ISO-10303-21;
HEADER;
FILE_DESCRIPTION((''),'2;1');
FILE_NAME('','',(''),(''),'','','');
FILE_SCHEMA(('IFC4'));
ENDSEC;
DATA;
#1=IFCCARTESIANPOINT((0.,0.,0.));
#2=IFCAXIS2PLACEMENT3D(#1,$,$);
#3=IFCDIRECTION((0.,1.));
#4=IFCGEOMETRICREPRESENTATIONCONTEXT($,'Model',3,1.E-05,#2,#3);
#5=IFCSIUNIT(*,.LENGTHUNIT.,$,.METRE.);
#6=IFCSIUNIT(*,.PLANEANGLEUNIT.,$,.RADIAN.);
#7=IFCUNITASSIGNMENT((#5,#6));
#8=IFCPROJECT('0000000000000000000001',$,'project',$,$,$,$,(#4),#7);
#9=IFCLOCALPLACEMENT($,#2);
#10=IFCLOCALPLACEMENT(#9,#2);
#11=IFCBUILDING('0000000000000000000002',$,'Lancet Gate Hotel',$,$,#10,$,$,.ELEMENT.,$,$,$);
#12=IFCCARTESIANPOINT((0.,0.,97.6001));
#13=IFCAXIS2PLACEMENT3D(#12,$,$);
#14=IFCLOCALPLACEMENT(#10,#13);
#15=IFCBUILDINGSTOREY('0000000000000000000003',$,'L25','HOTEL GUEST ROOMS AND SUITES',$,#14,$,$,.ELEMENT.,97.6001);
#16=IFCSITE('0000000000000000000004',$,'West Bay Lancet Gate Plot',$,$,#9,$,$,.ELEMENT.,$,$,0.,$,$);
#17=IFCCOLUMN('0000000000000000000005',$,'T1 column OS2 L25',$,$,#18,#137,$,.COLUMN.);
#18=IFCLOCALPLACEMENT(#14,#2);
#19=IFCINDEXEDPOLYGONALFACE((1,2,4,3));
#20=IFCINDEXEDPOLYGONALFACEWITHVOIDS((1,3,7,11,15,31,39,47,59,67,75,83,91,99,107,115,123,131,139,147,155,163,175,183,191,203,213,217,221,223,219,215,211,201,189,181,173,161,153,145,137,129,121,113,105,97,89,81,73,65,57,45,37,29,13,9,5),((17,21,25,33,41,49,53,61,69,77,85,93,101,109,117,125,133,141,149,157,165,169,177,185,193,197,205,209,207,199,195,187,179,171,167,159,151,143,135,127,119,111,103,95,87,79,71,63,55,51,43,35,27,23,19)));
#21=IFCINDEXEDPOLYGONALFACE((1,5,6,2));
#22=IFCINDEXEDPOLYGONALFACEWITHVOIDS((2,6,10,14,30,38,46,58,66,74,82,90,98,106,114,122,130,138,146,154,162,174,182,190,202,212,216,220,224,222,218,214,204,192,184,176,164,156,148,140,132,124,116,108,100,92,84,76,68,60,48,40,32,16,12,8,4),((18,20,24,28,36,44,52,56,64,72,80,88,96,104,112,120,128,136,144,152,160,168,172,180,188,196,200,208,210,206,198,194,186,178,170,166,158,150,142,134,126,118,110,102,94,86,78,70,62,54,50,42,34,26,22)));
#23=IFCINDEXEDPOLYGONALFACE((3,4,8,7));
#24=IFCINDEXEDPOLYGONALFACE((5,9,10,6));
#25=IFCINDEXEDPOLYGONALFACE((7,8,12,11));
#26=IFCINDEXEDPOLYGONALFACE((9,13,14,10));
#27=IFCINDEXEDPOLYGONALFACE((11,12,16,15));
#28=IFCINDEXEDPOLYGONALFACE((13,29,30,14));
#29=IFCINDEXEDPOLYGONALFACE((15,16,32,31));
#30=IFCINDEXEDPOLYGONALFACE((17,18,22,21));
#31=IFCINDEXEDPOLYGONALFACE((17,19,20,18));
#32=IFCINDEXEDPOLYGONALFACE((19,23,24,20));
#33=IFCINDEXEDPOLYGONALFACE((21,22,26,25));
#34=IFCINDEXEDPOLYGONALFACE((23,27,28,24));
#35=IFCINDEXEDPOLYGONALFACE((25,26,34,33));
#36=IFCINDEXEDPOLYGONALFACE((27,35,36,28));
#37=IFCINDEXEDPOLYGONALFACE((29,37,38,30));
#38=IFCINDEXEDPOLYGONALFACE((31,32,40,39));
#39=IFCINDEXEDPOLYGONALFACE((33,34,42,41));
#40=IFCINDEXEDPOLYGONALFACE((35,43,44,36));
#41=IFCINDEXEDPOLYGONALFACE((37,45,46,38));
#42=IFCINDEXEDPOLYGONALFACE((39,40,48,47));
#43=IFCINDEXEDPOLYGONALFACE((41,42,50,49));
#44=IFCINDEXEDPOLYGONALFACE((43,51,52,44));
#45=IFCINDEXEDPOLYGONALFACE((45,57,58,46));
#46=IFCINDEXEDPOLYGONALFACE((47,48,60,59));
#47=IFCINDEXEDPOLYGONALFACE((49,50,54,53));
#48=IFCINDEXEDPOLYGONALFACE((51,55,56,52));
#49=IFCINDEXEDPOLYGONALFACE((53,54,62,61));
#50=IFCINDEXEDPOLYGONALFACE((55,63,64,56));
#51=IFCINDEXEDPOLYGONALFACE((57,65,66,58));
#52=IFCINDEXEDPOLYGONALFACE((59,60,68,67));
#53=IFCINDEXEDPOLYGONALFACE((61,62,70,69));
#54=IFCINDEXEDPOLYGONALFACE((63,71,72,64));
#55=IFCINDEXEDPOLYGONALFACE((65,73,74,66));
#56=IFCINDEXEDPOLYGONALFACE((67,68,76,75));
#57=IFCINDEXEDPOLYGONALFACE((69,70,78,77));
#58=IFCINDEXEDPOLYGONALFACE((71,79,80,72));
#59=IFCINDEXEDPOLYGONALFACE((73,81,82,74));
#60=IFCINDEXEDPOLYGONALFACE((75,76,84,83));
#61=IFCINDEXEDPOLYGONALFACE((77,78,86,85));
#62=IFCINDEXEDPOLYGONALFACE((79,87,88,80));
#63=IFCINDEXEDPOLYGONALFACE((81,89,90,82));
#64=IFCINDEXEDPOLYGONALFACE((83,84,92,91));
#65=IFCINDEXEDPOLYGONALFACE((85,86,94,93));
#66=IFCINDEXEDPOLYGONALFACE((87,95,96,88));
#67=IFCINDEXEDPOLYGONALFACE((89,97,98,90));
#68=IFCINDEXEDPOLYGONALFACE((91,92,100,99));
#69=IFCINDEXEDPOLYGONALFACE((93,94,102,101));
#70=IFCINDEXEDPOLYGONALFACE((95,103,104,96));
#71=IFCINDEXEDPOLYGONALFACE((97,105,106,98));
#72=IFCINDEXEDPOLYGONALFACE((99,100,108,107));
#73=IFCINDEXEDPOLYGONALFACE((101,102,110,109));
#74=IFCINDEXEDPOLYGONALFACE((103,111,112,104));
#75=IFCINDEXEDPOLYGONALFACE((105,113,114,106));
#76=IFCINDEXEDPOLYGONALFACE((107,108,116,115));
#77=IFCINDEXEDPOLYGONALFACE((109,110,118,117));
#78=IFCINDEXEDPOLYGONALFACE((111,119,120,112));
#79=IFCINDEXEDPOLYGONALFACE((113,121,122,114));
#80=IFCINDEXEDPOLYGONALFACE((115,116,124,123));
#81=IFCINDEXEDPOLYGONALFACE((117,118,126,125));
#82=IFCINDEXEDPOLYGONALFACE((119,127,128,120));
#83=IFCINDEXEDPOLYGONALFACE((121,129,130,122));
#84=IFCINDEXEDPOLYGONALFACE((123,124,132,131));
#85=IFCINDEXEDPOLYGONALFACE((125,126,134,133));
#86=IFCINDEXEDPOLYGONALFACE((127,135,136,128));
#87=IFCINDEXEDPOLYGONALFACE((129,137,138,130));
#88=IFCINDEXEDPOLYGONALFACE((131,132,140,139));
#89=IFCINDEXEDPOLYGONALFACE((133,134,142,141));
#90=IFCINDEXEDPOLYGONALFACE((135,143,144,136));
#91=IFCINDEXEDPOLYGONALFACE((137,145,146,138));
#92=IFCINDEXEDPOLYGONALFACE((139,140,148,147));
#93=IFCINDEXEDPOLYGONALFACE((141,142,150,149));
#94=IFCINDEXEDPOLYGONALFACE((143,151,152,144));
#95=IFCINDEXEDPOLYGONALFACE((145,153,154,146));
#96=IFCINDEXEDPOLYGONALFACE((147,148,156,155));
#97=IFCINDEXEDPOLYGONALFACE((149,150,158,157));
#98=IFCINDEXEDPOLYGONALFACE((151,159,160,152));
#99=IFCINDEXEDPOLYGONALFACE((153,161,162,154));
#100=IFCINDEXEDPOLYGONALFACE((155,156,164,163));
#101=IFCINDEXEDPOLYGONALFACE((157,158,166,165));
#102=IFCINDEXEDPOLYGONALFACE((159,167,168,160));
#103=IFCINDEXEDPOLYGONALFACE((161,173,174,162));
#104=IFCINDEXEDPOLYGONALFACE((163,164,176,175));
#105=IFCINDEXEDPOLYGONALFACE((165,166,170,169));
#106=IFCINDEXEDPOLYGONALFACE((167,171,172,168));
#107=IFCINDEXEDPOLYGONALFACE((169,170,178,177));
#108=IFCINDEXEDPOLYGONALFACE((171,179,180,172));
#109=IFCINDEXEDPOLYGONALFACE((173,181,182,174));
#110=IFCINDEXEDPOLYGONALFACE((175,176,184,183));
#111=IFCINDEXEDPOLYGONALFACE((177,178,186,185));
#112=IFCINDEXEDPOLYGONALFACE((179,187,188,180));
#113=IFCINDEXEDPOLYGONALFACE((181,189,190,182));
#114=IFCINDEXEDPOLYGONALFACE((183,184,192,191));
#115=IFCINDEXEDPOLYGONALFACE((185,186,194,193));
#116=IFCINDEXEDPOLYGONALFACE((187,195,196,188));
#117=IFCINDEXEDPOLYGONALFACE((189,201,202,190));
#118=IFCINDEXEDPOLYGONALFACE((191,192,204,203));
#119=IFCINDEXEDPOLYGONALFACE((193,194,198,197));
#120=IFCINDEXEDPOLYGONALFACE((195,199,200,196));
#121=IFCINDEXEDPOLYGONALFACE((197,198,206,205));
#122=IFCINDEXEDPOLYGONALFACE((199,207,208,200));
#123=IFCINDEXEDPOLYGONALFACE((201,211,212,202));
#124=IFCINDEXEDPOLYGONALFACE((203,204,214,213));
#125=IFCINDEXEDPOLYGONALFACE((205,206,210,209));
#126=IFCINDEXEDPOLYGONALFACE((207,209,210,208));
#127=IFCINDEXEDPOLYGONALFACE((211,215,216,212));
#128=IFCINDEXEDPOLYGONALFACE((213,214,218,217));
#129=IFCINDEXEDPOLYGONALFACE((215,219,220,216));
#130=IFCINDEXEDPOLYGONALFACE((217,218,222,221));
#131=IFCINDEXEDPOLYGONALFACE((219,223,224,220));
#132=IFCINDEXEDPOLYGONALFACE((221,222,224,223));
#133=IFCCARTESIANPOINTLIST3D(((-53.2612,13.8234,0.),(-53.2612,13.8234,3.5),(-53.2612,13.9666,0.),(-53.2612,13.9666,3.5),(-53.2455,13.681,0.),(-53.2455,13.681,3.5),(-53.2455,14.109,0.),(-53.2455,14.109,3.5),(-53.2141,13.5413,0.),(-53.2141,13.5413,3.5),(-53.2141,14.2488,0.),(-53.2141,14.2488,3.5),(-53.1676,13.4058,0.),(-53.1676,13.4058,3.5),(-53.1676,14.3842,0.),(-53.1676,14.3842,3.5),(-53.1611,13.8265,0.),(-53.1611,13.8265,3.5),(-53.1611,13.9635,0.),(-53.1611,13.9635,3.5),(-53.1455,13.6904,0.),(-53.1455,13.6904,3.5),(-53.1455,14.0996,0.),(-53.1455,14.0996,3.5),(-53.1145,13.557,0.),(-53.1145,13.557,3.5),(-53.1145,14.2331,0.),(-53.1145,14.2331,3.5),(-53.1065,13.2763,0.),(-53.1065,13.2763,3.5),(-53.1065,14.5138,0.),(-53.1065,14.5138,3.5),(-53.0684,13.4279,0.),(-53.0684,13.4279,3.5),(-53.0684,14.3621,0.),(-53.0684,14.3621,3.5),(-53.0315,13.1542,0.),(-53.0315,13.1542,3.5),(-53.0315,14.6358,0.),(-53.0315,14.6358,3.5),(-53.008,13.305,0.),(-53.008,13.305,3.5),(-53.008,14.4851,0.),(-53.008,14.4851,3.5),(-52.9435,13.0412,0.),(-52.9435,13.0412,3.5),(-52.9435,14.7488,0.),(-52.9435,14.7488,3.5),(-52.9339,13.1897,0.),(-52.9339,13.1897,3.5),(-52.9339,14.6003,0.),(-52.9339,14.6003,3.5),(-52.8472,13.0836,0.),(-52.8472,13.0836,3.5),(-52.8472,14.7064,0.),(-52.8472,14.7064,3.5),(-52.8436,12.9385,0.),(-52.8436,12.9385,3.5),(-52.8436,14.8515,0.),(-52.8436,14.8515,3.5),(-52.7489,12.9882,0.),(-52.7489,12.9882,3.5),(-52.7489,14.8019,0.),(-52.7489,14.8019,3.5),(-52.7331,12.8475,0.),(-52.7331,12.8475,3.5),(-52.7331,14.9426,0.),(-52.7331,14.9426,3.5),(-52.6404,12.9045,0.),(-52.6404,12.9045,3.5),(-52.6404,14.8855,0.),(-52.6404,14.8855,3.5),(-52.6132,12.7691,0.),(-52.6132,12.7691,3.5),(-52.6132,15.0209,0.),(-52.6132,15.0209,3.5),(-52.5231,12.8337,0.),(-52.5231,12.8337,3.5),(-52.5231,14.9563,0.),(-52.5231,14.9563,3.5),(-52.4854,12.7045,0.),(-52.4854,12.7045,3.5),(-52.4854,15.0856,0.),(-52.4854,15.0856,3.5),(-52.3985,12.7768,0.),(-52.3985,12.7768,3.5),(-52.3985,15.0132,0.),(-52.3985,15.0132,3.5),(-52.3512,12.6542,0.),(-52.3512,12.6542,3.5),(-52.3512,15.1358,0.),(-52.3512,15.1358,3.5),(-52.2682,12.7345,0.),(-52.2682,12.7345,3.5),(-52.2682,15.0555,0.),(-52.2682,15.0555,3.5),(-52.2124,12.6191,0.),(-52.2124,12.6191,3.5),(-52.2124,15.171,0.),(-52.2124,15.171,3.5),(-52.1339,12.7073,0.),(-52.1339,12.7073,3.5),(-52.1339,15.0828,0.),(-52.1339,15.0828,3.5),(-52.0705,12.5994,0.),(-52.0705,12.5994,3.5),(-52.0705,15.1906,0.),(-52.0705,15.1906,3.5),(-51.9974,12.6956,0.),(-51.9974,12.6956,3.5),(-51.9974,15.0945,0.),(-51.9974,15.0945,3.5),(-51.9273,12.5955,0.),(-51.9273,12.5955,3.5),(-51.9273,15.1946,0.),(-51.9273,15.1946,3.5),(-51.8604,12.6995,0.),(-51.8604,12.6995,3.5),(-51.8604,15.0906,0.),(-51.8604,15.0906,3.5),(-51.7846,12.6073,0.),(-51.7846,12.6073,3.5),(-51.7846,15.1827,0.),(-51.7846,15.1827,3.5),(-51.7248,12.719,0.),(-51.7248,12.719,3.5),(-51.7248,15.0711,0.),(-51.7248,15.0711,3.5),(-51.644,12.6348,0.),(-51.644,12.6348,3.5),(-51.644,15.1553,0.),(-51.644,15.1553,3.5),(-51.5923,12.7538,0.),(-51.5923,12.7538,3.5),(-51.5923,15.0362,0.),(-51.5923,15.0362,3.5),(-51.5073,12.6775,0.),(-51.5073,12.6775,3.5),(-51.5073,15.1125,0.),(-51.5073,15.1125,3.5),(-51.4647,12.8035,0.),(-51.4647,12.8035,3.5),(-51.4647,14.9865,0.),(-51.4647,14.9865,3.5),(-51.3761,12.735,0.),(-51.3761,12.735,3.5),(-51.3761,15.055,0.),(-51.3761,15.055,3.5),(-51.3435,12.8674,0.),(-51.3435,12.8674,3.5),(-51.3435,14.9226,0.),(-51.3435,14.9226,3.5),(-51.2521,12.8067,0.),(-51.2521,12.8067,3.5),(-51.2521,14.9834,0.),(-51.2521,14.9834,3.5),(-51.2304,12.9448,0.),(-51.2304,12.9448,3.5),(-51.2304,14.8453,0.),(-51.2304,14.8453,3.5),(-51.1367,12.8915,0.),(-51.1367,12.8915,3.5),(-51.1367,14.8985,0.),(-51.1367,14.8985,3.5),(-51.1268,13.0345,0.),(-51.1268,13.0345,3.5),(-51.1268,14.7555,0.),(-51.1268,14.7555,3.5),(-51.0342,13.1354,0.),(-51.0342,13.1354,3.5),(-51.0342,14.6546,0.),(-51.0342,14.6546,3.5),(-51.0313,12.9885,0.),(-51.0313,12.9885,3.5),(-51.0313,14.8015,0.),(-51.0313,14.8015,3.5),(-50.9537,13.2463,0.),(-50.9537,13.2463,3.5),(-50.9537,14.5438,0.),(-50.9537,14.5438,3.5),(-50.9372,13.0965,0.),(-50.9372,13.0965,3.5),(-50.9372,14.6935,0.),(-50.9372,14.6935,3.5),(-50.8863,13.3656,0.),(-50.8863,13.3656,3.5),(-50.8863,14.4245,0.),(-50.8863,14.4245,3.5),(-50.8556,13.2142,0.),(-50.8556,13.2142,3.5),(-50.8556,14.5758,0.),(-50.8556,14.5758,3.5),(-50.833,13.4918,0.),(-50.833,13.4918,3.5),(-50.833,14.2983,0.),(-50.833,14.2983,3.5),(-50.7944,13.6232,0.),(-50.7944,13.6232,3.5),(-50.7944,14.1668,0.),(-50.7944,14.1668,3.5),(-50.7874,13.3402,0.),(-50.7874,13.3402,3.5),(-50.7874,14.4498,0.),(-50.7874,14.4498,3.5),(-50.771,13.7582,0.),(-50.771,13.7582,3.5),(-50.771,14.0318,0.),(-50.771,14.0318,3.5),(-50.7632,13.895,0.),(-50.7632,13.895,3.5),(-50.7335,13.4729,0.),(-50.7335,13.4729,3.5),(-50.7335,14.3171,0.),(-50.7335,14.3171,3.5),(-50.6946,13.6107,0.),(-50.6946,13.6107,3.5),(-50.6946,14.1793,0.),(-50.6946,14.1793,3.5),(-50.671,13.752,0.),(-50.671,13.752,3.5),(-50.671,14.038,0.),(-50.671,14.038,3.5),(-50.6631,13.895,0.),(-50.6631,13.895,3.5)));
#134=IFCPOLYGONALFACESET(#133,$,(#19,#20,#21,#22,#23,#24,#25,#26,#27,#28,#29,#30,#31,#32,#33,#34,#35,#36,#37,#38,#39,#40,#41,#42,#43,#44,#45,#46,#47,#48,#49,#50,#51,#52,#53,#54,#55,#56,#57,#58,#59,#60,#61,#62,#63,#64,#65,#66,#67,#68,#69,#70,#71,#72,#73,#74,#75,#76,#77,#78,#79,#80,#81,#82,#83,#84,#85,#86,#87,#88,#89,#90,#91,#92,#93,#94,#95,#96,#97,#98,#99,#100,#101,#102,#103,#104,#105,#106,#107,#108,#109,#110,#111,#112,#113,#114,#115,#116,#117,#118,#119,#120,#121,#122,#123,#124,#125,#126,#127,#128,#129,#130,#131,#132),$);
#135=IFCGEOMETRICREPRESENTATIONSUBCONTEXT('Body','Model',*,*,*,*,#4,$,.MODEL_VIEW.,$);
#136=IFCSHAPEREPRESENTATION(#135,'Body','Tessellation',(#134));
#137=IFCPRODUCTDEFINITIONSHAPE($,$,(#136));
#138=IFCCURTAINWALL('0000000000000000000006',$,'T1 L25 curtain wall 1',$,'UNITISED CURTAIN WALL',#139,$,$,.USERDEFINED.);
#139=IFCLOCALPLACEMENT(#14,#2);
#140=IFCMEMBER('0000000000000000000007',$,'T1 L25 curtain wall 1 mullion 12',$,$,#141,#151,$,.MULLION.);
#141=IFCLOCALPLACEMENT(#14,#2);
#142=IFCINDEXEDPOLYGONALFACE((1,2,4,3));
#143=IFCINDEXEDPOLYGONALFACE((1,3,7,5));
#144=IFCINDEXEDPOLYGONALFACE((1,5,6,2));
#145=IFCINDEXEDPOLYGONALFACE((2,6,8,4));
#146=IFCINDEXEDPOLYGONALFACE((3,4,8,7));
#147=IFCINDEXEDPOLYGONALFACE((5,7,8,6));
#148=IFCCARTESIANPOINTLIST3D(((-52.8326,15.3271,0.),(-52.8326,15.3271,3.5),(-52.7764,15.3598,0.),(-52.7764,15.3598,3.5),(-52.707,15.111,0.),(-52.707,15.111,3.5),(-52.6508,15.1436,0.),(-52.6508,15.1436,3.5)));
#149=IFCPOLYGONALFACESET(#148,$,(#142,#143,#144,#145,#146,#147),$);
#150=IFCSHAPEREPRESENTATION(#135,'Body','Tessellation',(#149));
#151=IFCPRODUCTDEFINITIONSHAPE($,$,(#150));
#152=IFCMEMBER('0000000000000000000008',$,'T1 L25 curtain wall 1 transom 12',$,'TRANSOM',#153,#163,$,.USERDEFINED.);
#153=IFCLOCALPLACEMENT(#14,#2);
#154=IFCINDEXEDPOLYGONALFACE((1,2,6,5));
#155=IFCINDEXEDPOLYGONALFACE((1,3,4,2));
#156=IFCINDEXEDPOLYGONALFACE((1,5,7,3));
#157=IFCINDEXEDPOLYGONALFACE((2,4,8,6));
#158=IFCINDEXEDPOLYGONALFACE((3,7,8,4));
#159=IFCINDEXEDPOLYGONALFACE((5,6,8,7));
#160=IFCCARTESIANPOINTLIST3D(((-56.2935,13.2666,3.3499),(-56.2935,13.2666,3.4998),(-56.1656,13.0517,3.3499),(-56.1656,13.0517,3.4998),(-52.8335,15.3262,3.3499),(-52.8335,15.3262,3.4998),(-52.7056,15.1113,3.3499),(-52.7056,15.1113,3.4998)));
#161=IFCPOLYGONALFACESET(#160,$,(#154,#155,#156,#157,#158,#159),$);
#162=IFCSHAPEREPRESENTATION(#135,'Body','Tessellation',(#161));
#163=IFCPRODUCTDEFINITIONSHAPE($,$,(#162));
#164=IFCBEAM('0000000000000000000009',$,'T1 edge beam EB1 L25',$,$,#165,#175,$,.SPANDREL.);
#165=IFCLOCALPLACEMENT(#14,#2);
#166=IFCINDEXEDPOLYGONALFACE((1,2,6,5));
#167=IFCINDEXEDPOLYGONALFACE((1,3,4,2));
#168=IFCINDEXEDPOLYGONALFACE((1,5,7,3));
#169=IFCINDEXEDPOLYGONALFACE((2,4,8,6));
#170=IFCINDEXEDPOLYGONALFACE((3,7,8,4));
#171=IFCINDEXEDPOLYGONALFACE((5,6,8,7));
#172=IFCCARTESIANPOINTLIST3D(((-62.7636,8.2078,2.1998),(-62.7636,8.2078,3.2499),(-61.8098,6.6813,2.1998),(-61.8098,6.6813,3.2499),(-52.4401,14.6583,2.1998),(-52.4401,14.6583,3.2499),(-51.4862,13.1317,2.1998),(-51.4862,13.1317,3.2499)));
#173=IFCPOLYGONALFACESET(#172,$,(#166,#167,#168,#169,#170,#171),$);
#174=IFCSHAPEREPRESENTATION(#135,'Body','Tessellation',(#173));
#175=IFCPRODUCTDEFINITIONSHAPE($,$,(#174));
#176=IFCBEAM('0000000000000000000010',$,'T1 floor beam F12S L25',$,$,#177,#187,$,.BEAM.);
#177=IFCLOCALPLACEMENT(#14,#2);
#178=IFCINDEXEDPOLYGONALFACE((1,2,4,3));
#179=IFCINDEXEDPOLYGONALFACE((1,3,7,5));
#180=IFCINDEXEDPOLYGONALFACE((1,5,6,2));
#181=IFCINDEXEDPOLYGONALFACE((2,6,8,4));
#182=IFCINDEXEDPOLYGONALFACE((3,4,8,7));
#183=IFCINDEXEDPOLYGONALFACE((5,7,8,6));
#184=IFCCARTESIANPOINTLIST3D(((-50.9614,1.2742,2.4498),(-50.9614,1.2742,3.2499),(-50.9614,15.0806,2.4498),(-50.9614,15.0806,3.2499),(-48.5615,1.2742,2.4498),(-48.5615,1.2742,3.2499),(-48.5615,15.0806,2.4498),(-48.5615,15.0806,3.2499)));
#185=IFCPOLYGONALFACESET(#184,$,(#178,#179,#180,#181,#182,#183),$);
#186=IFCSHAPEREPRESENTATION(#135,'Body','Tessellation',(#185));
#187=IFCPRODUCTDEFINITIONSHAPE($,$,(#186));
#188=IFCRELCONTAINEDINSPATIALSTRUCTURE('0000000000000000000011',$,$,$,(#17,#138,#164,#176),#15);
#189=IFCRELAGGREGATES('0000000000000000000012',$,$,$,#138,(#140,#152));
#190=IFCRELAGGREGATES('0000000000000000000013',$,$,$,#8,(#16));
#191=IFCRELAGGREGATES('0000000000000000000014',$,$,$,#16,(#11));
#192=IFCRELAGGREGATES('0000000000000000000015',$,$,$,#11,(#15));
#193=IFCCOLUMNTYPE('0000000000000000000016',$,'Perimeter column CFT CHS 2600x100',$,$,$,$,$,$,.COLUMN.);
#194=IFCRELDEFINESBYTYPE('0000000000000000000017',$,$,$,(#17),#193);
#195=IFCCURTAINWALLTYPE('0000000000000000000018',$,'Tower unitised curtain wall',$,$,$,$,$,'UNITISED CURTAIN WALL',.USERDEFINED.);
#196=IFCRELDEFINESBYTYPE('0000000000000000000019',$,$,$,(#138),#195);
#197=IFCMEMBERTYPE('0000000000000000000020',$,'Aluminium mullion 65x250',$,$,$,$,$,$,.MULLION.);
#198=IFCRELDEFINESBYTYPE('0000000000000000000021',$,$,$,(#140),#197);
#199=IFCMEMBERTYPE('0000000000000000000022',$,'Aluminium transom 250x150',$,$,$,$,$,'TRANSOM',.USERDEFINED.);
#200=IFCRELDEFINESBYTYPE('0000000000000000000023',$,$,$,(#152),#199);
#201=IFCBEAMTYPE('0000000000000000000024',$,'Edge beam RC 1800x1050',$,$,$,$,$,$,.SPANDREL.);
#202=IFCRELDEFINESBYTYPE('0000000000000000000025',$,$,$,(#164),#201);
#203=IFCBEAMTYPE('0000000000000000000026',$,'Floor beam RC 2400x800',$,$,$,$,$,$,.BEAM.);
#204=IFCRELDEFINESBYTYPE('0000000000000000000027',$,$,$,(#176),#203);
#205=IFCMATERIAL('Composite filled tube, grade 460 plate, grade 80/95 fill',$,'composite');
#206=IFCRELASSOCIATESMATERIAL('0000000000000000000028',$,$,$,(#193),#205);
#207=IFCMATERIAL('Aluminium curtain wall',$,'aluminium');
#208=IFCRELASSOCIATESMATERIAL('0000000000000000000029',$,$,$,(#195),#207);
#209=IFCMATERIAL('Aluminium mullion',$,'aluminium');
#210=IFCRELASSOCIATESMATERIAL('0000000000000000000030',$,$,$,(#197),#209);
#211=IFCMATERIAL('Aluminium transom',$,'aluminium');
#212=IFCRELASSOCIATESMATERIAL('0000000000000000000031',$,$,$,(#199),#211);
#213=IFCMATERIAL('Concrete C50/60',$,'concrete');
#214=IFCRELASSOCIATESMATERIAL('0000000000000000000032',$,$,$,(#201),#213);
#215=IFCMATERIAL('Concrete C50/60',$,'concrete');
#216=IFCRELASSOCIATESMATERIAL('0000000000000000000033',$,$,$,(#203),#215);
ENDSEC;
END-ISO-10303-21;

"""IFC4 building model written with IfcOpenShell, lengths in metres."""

from ifc_helpers import new_model, si_unit, direction, frame, origin, origin_2d, place, context, subcontext, project, spatial, rectangle, hollow_circle, extrude, material, material_profile, profile_set, type_object, element, aggregate, save


model = new_model("IFC4")

# Units and contexts
model_context = context("Model", 3, precision=1e-05, world=origin(), true_north=direction((0.0, 1.0)))
body_context = subcontext(model_context, "Body", "Model", "MODEL_VIEW")
ifc_project = project(units=[si_unit("LENGTHUNIT", "METRE"), si_unit("PLANEANGLEUNIT", "RADIAN")], contexts=[model_context])

# Site, building, storey
site_placement = place(None, origin())
site = spatial("IfcSite", under=ifc_project, at=site_placement, Name="West Bay Lancet Gate Plot", CompositionType="ELEMENT", RefElevation=0.0)
building_placement = place(site_placement, origin())
building = spatial("IfcBuilding", under=site, at=building_placement, Name="Lancet Gate Hotel", CompositionType="ELEMENT")
storey_placement = place(building_placement, frame((0.0, 0.0, 97.6001)))
storey = spatial("IfcBuildingStorey", under=building, at=storey_placement, Name="L25", Description="HOTEL GUEST ROOMS AND SUITES", CompositionType="ELEMENT", Elevation=97.6001)

# Column
ifc_material_1 = material(Name="Composite filled tube, grade 460 plate, grade 80/95 fill", Category="composite")
ifc_material_profile_1 = material_profile(ifc_material_1, hollow_circle(Radius=1.3, WallThickness=0.1001, at=origin_2d()), Name="CHS 2600x100")
ifc_profile_set_1 = profile_set([ifc_material_profile_1], Name="Composite filled tube, grade 460 plate, grade 80/95 fill")
column_type = type_object("IfcColumnType", Name="Perimeter column CFT CHS 2600x100", PredefinedType="COLUMN", material=ifc_profile_set_1)
column_placement = place(storey_placement, frame((-51.9631, 13.895, 0.0), z_axis=(0.0, 0.0, 1.0), x_axis=(1.0, 0.0, 0.0)))
element("IfcColumn", 1, at=column_placement, inside=storey, type_object=column_type, Name="T1 column OS2 L25", PredefinedType="COLUMN", context=body_context, shape_type="SweptSolid", body=[
    extrude(hollow_circle(Radius=1.3, WallThickness=0.1001, at=origin_2d()), origin(), (0.0, 0.0, 1.0), 3.5),
])

# Curtain wall, members
ifc_material_2 = material(Name="Aluminium curtain wall", Category="aluminium")
curtain_wall_type = type_object("IfcCurtainWallType", Name="Tower unitised curtain wall", ElementType="UNITISED CURTAIN WALL", PredefinedType="USERDEFINED", material=ifc_material_2)
curtain_wall_placement = place(storey_placement, origin())
curtain_wall = element("IfcCurtainWall", 2, at=curtain_wall_placement, inside=storey, type_object=curtain_wall_type, Name="T1 L25 curtain wall 1", ObjectType="UNITISED CURTAIN WALL", PredefinedType="USERDEFINED")
ifc_material_3 = material(Name="Aluminium mullion", Category="aluminium")
ifc_material_profile_2 = material_profile(ifc_material_3, rectangle(XDim=0.0649, YDim=0.25, at=origin_2d()), Name="MULLION 65x250")
ifc_profile_set_2 = profile_set([ifc_material_profile_2], Name="Aluminium mullion")
member_type_1 = type_object("IfcMemberType", Name="Aluminium mullion 65x250", PredefinedType="MULLION", material=ifc_profile_set_2)
member_1_placement = place(storey_placement, frame((-52.7417, 15.2354, 0.0), z_axis=(0.0, 0.0, 1.0), x_axis=(-0.864728, -0.502241, 0.0)))
member_1 = element("IfcMember", 3, at=member_1_placement, type_object=member_type_1, Name="T1 L25 curtain wall 1 mullion 12", PredefinedType="MULLION", context=body_context, shape_type="SweptSolid", body=[
    extrude(rectangle(XDim=0.0649, YDim=0.25, at=origin_2d()), origin(), (0.0, 0.0, 1.0), 3.5),
])
ifc_material_4 = material(Name="Aluminium transom", Category="aluminium")
ifc_material_profile_3 = material_profile(ifc_material_4, rectangle(XDim=0.25, YDim=0.1499, at=origin_2d()), Name="TRANSOM 250x150")
ifc_profile_set_3 = profile_set([ifc_material_profile_3], Name="Aluminium transom")
member_type_2 = type_object("IfcMemberType", Name="Aluminium transom 250x150", ElementType="TRANSOM", PredefinedType="USERDEFINED", material=ifc_profile_set_3)
member_2_placement = place(storey_placement, frame((-52.7695, 15.2188, 3.4248), z_axis=(-0.859285, -0.511497, 0.0), x_axis=(0.511497, -0.859285, 0.0)))
member_2 = element("IfcMember", 4, at=member_2_placement, type_object=member_type_2, Name="T1 L25 curtain wall 1 transom 12", ObjectType="TRANSOM", PredefinedType="USERDEFINED", context=body_context, shape_type="SweptSolid", body=[
    extrude(rectangle(XDim=0.25, YDim=0.1499, at=origin_2d()), origin(), (0.0, 0.0, 1.0), 4.0266),
])
aggregate(curtain_wall, [member_1, member_2])

# Beams
ifc_material_5 = material(Name="Concrete C50/60", Category="concrete")
ifc_material_profile_4 = material_profile(ifc_material_5, rectangle(XDim=1.8, YDim=1.05, at=origin_2d()), Name="RC 1800x1050")
ifc_profile_set_4 = profile_set([ifc_material_profile_4], Name="Concrete C50/60")
beam_type_1 = type_object("IfcBeamType", Name="Edge beam RC 1800x1050", PredefinedType="SPANDREL", material=ifc_profile_set_4)
beam_1_placement = place(storey_placement, frame((-51.9631, 13.895, 2.7249), z_axis=(-0.848063, -0.529896, 0.0), x_axis=(0.529896, -0.848063, 0.0)))
element("IfcBeam", 5, at=beam_1_placement, inside=storey, type_object=beam_type_1, Name="T1 edge beam EB1 L25", PredefinedType="SPANDREL", context=body_context, shape_type="SweptSolid", body=[
    extrude(rectangle(XDim=1.8, YDim=1.05, at=origin_2d()), origin(), (0.0, 0.0, 1.0), 12.1731),
])
ifc_material_6 = material(Name="Concrete C50/60", Category="concrete")
ifc_material_profile_5 = material_profile(ifc_material_6, rectangle(XDim=2.3999, YDim=0.8, at=origin_2d()), Name="RC 2400x800")
ifc_profile_set_5 = profile_set([ifc_material_profile_5], Name="Concrete C50/60")
beam_type_2 = type_object("IfcBeamType", Name="Floor beam RC 2400x800", PredefinedType="BEAM", material=ifc_profile_set_5)
beam_2_placement = place(storey_placement, frame((-49.7615, 15.0806, 2.8499), z_axis=(0.0, -1.0, 0.0), x_axis=(1.0, 0.0, 0.0)))
element("IfcBeam", 6, at=beam_2_placement, inside=storey, type_object=beam_type_2, Name="T1 floor beam F12S L25", PredefinedType="BEAM", context=body_context, shape_type="SweptSolid", body=[
    extrude(rectangle(XDim=2.3999, YDim=0.8, at=origin_2d()), origin(), (0.0, 0.0, 1.0), 13.8064),
])

save(model, "model.ifc")
